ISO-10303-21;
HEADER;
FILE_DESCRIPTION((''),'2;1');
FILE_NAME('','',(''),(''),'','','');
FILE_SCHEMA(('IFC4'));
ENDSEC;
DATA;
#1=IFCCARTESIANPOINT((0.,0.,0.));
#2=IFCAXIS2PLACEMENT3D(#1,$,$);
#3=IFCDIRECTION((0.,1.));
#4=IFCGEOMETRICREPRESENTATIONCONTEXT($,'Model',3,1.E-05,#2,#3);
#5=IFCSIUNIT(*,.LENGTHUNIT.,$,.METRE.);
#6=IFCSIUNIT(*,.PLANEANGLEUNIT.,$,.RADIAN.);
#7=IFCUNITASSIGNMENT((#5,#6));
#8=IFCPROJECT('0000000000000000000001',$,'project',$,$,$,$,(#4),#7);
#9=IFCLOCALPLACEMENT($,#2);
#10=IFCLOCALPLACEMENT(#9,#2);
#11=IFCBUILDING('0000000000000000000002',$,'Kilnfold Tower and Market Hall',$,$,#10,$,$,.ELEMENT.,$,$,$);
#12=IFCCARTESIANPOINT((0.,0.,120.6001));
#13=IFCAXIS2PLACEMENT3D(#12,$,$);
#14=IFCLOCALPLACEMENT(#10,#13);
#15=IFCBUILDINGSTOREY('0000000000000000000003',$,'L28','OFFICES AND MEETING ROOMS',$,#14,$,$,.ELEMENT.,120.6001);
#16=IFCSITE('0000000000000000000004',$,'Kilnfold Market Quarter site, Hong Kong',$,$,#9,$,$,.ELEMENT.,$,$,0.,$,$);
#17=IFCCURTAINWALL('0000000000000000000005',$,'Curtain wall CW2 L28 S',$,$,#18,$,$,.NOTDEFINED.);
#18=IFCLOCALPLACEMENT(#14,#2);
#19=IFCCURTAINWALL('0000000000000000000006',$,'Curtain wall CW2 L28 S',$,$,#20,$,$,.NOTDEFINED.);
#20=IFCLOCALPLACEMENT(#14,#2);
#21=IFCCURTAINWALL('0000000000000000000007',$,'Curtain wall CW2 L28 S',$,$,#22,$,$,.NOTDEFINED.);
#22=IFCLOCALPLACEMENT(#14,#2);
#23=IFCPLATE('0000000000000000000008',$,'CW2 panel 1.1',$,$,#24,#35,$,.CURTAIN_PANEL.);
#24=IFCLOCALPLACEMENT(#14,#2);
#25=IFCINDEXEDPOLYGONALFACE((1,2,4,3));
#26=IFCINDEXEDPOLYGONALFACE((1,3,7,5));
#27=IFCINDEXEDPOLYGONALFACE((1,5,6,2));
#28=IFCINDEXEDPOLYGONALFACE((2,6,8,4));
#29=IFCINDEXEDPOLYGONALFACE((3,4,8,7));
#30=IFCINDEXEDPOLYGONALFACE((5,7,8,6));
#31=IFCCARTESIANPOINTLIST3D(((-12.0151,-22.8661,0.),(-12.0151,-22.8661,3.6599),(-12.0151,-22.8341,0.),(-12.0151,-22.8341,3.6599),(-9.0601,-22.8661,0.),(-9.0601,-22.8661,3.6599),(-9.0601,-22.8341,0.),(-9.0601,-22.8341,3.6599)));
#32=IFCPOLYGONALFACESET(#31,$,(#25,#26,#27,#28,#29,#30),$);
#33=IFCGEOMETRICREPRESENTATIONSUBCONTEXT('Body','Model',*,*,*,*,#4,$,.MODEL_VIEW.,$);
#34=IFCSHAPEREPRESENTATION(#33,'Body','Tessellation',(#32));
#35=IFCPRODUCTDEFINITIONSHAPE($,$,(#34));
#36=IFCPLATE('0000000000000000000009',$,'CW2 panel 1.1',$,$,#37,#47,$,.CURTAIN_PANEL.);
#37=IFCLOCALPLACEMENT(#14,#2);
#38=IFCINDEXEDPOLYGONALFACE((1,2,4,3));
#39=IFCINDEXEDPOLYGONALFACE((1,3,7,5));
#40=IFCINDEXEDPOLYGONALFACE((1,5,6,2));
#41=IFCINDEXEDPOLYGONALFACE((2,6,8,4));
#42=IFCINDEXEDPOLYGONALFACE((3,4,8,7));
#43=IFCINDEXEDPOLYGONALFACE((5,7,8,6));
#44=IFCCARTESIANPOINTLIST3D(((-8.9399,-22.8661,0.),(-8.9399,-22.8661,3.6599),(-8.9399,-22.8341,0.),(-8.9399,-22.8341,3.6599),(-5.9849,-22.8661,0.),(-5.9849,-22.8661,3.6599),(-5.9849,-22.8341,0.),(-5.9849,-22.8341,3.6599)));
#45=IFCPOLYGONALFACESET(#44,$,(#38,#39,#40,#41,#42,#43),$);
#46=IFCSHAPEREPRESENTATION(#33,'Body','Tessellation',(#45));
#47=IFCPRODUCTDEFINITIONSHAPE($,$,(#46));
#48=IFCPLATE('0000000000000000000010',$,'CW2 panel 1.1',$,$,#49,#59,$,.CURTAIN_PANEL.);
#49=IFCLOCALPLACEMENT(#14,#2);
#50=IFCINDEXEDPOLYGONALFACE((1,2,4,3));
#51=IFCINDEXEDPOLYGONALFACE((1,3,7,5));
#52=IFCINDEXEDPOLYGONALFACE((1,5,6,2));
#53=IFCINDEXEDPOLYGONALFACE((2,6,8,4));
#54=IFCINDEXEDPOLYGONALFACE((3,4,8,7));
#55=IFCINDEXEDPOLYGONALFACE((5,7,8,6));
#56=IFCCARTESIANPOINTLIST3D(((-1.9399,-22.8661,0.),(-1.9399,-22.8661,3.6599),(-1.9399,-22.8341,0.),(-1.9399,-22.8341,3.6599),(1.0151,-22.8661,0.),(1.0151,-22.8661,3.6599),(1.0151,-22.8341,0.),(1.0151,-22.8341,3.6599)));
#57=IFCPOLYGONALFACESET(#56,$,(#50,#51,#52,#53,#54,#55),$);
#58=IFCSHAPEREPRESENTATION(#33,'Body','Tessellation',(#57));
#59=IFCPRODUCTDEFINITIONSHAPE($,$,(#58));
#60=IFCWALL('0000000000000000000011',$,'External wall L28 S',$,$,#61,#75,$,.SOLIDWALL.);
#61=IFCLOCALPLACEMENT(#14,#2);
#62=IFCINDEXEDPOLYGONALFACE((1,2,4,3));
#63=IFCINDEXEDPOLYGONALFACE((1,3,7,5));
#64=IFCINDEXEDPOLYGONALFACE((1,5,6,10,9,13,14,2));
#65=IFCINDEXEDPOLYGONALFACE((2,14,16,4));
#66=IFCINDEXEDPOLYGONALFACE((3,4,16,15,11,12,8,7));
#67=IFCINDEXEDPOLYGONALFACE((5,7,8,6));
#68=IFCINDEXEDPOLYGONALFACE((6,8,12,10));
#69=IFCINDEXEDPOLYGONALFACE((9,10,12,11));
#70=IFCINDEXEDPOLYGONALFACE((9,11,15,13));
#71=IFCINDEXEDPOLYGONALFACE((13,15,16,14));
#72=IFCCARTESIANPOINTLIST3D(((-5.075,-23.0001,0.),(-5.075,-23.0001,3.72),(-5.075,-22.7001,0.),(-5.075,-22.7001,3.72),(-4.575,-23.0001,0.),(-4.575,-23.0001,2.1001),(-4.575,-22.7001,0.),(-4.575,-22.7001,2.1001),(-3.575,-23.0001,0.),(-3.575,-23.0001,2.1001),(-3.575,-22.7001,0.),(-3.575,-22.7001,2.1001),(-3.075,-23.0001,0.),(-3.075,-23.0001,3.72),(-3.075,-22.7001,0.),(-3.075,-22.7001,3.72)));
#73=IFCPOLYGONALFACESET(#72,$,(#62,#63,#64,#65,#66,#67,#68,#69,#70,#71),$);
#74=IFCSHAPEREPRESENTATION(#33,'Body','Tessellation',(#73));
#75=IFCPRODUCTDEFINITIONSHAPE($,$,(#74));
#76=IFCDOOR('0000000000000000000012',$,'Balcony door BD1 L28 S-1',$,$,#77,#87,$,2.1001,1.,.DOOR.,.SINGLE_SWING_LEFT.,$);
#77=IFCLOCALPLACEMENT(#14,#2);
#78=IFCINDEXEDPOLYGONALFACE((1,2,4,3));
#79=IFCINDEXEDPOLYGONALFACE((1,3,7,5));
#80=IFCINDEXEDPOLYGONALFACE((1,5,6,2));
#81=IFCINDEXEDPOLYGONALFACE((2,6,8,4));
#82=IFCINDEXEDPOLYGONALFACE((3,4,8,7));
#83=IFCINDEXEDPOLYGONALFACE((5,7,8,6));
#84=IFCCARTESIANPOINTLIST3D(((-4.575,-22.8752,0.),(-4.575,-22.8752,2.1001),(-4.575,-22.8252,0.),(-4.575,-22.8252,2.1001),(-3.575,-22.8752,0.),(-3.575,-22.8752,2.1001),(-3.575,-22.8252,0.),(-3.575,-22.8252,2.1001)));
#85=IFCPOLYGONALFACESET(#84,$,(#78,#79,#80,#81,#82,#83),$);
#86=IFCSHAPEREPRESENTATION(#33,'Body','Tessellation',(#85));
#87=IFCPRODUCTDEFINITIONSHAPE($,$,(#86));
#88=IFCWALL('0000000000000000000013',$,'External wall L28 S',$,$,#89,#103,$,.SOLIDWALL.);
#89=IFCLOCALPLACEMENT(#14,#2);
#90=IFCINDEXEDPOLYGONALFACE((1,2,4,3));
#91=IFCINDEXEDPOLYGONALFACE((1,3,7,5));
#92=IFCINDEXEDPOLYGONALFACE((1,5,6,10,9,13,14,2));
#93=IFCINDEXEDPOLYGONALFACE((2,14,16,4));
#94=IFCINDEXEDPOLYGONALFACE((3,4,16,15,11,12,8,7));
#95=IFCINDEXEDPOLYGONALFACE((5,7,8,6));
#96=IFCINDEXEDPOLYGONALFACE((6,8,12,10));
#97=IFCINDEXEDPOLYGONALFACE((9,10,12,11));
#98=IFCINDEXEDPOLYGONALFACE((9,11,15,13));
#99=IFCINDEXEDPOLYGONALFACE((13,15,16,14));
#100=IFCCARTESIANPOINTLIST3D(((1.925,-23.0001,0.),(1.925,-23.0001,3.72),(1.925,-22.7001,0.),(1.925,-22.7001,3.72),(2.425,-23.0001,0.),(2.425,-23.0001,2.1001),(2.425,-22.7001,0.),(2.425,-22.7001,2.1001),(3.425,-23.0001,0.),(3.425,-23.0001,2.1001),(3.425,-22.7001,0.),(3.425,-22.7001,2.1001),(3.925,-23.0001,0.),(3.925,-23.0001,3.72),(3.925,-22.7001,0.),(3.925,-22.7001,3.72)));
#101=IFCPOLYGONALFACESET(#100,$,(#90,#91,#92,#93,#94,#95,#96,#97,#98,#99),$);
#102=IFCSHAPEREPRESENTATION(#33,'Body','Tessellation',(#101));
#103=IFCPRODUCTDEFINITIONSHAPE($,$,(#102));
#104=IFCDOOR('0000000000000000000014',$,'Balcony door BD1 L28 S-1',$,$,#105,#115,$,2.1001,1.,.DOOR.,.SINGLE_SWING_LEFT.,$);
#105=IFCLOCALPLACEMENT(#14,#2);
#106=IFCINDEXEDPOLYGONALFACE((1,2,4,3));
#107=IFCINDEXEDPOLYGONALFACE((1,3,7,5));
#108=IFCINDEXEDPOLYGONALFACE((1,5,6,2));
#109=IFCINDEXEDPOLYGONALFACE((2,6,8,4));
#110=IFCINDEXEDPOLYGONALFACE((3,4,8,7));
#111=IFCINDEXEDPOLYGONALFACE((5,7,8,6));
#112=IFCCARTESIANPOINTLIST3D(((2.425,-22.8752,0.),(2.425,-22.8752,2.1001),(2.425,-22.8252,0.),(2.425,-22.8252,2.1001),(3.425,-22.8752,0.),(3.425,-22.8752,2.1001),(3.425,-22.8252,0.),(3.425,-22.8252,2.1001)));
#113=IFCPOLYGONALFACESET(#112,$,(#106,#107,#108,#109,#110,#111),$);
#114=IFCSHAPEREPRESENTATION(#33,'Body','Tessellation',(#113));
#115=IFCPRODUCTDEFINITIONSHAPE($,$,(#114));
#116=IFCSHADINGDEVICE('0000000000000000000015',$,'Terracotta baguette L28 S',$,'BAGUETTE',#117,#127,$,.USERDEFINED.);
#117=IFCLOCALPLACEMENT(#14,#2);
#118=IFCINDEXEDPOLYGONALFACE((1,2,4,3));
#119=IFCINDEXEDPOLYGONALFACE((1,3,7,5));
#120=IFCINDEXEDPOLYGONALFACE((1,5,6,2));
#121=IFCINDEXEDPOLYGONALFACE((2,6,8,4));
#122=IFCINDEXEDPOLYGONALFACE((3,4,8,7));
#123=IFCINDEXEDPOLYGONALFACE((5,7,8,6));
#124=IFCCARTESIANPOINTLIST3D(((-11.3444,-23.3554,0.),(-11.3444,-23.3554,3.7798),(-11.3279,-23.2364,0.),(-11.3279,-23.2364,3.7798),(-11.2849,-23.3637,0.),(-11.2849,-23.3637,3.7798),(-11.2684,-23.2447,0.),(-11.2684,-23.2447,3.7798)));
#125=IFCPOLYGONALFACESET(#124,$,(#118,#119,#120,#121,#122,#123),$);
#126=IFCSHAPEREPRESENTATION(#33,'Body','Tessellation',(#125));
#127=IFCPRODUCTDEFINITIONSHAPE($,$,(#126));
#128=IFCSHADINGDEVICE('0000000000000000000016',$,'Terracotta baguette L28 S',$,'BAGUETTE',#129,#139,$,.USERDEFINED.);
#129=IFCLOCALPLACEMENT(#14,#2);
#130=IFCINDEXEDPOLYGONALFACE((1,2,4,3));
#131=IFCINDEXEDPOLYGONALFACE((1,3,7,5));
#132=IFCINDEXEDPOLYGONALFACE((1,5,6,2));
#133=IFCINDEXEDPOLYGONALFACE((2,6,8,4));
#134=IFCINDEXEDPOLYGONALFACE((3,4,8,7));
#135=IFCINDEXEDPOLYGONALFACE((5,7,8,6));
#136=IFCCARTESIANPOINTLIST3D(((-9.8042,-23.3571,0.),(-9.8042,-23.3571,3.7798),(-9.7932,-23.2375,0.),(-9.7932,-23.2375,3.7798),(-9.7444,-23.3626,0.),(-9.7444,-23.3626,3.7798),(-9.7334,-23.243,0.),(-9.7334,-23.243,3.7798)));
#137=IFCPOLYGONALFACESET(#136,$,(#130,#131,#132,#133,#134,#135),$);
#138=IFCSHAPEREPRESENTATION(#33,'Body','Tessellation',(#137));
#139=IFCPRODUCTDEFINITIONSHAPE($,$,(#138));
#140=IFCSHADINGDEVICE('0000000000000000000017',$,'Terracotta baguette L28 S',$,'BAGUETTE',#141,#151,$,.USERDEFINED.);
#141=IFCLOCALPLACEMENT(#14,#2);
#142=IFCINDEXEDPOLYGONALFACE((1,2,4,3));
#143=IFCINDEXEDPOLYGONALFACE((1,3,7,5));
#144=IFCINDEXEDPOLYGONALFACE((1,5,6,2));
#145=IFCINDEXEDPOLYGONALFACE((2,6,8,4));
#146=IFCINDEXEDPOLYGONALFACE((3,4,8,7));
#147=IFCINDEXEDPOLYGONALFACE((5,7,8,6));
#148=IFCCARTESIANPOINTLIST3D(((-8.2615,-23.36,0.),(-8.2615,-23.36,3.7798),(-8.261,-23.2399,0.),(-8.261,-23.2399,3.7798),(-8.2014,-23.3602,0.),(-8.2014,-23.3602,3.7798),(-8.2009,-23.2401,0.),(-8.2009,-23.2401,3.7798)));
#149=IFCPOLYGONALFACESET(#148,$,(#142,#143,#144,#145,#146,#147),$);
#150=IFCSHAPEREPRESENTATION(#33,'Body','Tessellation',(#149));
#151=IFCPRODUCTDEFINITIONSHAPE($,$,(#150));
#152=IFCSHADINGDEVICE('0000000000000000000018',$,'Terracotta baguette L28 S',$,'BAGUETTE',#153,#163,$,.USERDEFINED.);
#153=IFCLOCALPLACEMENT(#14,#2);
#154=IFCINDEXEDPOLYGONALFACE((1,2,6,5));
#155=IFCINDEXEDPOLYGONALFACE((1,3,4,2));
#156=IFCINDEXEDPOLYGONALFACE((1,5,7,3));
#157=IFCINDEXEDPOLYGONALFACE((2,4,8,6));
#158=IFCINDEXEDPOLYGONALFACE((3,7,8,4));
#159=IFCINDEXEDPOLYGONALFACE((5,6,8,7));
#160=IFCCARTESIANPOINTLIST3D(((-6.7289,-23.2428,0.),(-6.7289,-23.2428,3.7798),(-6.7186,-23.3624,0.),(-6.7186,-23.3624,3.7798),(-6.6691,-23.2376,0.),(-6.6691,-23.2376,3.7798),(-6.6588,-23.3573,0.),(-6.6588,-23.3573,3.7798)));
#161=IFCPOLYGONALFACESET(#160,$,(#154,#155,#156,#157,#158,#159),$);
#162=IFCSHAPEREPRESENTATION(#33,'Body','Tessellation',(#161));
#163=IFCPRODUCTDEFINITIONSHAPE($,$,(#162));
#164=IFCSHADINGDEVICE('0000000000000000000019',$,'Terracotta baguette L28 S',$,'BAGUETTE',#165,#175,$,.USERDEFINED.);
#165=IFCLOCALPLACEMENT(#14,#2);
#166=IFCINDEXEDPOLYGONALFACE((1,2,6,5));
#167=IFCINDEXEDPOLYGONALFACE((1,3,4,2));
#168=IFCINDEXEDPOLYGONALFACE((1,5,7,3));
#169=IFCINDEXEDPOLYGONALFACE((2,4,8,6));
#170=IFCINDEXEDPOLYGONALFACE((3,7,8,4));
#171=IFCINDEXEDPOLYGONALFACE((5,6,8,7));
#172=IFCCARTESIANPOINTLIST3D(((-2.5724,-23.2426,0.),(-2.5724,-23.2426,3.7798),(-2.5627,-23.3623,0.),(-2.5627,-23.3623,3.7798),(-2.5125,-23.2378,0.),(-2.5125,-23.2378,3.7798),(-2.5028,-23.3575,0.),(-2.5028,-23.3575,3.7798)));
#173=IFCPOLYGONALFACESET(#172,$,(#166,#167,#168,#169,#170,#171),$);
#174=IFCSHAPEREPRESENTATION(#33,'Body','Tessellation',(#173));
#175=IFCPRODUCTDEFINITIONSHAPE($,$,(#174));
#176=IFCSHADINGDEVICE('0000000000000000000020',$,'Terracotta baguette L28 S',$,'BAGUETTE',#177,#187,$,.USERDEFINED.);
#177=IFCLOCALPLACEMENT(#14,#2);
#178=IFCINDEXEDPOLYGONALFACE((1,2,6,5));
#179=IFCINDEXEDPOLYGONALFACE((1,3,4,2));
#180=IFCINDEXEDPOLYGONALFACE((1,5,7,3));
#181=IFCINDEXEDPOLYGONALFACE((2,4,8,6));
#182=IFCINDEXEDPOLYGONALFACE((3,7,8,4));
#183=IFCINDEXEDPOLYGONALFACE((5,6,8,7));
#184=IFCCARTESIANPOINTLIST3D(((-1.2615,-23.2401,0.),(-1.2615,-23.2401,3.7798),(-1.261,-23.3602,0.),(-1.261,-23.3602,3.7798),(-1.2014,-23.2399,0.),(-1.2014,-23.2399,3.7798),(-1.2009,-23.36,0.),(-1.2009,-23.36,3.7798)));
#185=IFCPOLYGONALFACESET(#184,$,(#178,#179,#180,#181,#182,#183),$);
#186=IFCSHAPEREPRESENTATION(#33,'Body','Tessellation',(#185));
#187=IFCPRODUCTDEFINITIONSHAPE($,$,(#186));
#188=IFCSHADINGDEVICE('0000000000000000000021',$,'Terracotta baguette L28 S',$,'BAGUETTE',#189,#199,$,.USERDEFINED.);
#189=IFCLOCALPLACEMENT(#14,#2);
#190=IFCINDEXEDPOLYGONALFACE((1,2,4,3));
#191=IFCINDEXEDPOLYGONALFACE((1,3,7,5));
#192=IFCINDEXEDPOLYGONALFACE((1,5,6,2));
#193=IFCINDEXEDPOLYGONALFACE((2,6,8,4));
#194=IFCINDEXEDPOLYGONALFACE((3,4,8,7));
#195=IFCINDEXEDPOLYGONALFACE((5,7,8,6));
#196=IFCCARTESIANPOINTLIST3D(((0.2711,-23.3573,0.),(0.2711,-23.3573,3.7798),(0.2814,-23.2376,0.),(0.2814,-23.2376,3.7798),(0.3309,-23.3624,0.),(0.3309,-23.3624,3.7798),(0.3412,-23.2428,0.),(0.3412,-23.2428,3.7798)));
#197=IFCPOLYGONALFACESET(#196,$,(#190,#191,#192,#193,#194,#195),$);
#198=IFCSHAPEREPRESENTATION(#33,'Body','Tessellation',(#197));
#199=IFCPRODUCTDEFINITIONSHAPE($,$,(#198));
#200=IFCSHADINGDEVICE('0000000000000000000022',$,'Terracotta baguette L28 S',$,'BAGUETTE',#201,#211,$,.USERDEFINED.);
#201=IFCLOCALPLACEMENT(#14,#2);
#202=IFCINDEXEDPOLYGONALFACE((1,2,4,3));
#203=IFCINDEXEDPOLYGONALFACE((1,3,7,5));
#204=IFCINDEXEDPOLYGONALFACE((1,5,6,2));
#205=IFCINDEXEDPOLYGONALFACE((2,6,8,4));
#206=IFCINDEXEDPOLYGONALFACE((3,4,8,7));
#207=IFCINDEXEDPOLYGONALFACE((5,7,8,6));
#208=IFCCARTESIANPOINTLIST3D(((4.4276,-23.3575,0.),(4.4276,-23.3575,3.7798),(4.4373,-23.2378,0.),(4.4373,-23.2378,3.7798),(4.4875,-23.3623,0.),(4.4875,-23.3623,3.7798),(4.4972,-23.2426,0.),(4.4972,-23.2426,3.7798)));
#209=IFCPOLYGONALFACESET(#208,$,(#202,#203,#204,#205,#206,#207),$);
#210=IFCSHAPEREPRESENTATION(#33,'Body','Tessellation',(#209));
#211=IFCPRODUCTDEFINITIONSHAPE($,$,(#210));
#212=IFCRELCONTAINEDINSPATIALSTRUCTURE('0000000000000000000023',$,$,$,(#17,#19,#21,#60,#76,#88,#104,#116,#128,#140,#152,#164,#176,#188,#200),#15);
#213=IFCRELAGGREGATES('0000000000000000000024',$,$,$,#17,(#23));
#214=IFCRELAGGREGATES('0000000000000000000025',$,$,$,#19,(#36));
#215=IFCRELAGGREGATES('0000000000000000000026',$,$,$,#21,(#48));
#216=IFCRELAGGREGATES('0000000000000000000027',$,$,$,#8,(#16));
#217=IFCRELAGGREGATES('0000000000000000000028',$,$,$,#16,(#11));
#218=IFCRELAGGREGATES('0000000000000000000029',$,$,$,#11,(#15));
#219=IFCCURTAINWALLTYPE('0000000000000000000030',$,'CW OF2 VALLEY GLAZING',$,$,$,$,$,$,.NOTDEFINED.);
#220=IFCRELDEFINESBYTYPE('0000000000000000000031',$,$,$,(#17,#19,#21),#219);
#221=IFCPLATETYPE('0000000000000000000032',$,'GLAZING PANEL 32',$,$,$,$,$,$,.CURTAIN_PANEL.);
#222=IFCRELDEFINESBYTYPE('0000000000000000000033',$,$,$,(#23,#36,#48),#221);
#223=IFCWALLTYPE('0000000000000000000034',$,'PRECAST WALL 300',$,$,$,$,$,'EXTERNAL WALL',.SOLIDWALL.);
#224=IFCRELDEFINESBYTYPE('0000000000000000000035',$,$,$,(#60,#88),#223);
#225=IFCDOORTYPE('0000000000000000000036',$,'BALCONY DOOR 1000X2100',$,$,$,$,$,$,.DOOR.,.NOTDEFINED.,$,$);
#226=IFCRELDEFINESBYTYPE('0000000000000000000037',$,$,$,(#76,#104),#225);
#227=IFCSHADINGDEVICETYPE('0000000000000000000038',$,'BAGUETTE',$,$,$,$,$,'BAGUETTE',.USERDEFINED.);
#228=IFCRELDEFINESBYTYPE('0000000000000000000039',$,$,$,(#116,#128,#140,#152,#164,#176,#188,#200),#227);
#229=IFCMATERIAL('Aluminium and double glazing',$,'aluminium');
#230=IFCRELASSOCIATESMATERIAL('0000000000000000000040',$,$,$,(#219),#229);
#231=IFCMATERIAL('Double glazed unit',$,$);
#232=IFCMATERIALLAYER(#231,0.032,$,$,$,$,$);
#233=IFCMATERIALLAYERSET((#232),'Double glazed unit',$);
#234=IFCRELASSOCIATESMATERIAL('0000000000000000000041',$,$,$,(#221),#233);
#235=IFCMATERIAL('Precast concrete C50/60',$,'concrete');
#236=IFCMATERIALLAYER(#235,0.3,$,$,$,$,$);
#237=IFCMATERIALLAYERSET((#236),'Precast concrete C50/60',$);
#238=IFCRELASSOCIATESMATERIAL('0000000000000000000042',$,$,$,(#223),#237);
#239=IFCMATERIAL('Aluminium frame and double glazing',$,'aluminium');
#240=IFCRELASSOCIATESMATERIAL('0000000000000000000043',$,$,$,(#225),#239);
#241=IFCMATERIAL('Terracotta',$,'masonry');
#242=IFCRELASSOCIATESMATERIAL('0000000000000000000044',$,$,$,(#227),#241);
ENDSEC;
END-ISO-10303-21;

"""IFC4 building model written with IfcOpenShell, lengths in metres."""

from ifc_helpers import new_model, si_unit, direction, frame, frame_2d, origin, origin_2d, place, context, subcontext, project, spatial, rectangle, extrude, source, transform, mapped, material, layer, layer_set, material_profile, profile_set, type_object, element, fill, aggregate, save


model = new_model("IFC4")

# Units and contexts
model_context = context("Model", 3, precision=1e-05, world=origin(), true_north=direction((0.0, 1.0)))
body_context = subcontext(model_context, "Body", "Model", "MODEL_VIEW")
ifc_project = project(units=[si_unit("LENGTHUNIT", "METRE"), si_unit("PLANEANGLEUNIT", "RADIAN")], contexts=[model_context])

# Site, building, storey
site_placement = place(None, origin())
site = spatial("IfcSite", under=ifc_project, at=site_placement, Name="Kilnfold Market Quarter site, Hong Kong", CompositionType="ELEMENT", RefElevation=0.0)
building_placement = place(site_placement, origin())
building = spatial("IfcBuilding", under=site, at=building_placement, Name="Kilnfold Tower and Market Hall", CompositionType="ELEMENT")
storey_placement = place(building_placement, frame((0.0, 0.0, 120.6001)))
storey = spatial("IfcBuildingStorey", under=building, at=storey_placement, Name="L28", Description="OFFICES AND MEETING ROOMS", CompositionType="ELEMENT", Elevation=120.6001)

# Curtain wall
ifc_material_1 = material(Name="Aluminium and double glazing", Category="aluminium")
curtain_wall_type = type_object("IfcCurtainWallType", Name="CW OF2 VALLEY GLAZING", PredefinedType="NOTDEFINED", material=ifc_material_1)
curtain_wall_1_placement = place(storey_placement, origin())
curtain_wall_1 = element("IfcCurtainWall", 1, at=curtain_wall_1_placement, inside=storey, type_object=curtain_wall_type, Name="Curtain wall CW2 L28 S", PredefinedType="NOTDEFINED")

# Curtain walls
curtain_wall_2_placement = place(storey_placement, origin())
curtain_wall_2 = element("IfcCurtainWall", 2, at=curtain_wall_2_placement, inside=storey, type_object=curtain_wall_type, Name="Curtain wall CW2 L28 S", PredefinedType="NOTDEFINED")
curtain_wall_3_placement = place(storey_placement, origin())
curtain_wall_3 = element("IfcCurtainWall", 3, at=curtain_wall_3_placement, inside=storey, type_object=curtain_wall_type, Name="Curtain wall CW2 L28 S", PredefinedType="NOTDEFINED")

# Plates
ifc_material_2 = material(Name="Double glazed unit")
ifc_layer_1 = layer(ifc_material_2, 0.032)
ifc_layer_set_1 = layer_set([ifc_layer_1], Name="Double glazed unit")
plate_type = type_object("IfcPlateType", Name="GLAZING PANEL 32", PredefinedType="CURTAIN_PANEL", material=ifc_layer_set_1)
shared_shape_1 = source(origin(), body_context, "Body", "SweptSolid", [
    extrude(rectangle(XDim=2.9551, YDim=0.032, at=origin_2d()), origin(), (0.0, 0.0, 1.0), 3.6599),
])
plate_1_placement = place(storey_placement, frame((-10.5376, -22.8501, 0.0), z_axis=(0.0, 0.0, 1.0), x_axis=(1.0, 0.0, 0.0)))
plate_1 = element("IfcPlate", 4, at=plate_1_placement, type_object=plate_type, Name="CW2 panel 1.1", PredefinedType="CURTAIN_PANEL", context=body_context, shape_type="MappedRepresentation", body=[
    mapped(shared_shape_1, transform((0.0, 0.0, 0.0))),
])
aggregate(curtain_wall_1, [plate_1])
plate_2_placement = place(storey_placement, frame((-7.4624, -22.8501, 0.0), z_axis=(0.0, 0.0, 1.0), x_axis=(1.0, 0.0, 0.0)))
plate_2 = element("IfcPlate", 5, at=plate_2_placement, type_object=plate_type, Name="CW2 panel 1.1", PredefinedType="CURTAIN_PANEL", context=body_context, shape_type="MappedRepresentation", body=[
    mapped(shared_shape_1, transform((0.0, 0.0, 0.0))),
])
aggregate(curtain_wall_2, [plate_2])
plate_3_placement = place(storey_placement, frame((-0.4624, -22.8501, 0.0), z_axis=(0.0, 0.0, 1.0), x_axis=(1.0, 0.0, 0.0)))
plate_3 = element("IfcPlate", 6, at=plate_3_placement, type_object=plate_type, Name="CW2 panel 1.1", PredefinedType="CURTAIN_PANEL", context=body_context, shape_type="MappedRepresentation", body=[
    mapped(shared_shape_1, transform((0.0, 0.0, 0.0))),
])
aggregate(curtain_wall_3, [plate_3])

# Walls, openings, doors
ifc_material_3 = material(Name="Precast concrete C50/60", Category="concrete")
ifc_layer_2 = layer(ifc_material_3, 0.3)
ifc_layer_set_2 = layer_set([ifc_layer_2], Name="Precast concrete C50/60")
wall_type = type_object("IfcWallType", Name="PRECAST WALL 300", ElementType="EXTERNAL WALL", PredefinedType="SOLIDWALL", material=ifc_layer_set_2)
shared_shape_2 = source(origin(), body_context, "Body", "SweptSolid", [
    extrude(rectangle(XDim=2.0, YDim=0.3, at=frame_2d((1.0, 0.0))), origin(), (0.0, 0.0, 1.0), 3.72),
])
wall_1_placement = place(storey_placement, frame((-5.075, -22.8501, 0.0), z_axis=(0.0, 0.0, 1.0), x_axis=(1.0, 0.0, 0.0)))
wall_1 = element("IfcWall", 7, at=wall_1_placement, inside=storey, type_object=wall_type, Name="External wall L28 S", PredefinedType="SOLIDWALL", context=body_context, shape_type="MappedRepresentation", body=[
    mapped(shared_shape_2, transform((0.0, 0.0, 0.0))),
])
opening_1_placement = place(wall_1_placement, frame((0.5, 0.0, 0.0)))
opening_1 = element("IfcOpeningElement", 8, at=opening_1_placement, cuts=wall_1, PredefinedType="OPENING", context=body_context, shape_type="SweptSolid", body=[
    extrude(rectangle(XDim=1.0, YDim=2.1001, at=frame_2d((0.5, 1.05))), frame((0.0, 0.1602, 0.0), z_axis=(0.0, -1.0, 0.0), x_axis=(1.0, 0.0, 0.0)), (0.0, 0.0, 1.0), 0.3201),
])
ifc_material_4 = material(Name="Aluminium frame and double glazing", Category="aluminium")
door_type = type_object("IfcDoorType", Name="BALCONY DOOR 1000X2100", OperationType="NOTDEFINED", PredefinedType="DOOR", material=ifc_material_4)
door_1_placement = place(opening_1_placement, origin())
door_1 = element("IfcDoor", 9, at=door_1_placement, inside=storey, type_object=door_type, Name="Balcony door BD1 L28 S-1", OperationType="SINGLE_SWING_LEFT", OverallHeight=2.1001, OverallWidth=1.0, PredefinedType="DOOR", context=body_context, shape_type="SweptSolid", body=[
    extrude(rectangle(XDim=1.0, YDim=2.1001, at=frame_2d((0.5, 1.05))), frame((0.0, 0.0249, 0.0), z_axis=(0.0, -1.0, 0.0), x_axis=(1.0, 0.0, 0.0)), (0.0, 0.0, 1.0), 0.05),
])
fill(opening_1, door_1)
wall_2_placement = place(storey_placement, frame((1.925, -22.8501, 0.0), z_axis=(0.0, 0.0, 1.0), x_axis=(1.0, 0.0, 0.0)))
wall_2 = element("IfcWall", 10, at=wall_2_placement, inside=storey, type_object=wall_type, Name="External wall L28 S", PredefinedType="SOLIDWALL", context=body_context, shape_type="MappedRepresentation", body=[
    mapped(shared_shape_2, transform((0.0, 0.0, 0.0))),
])
opening_2_placement = place(wall_2_placement, frame((0.5, 0.0, 0.0)))
opening_2 = element("IfcOpeningElement", 11, at=opening_2_placement, cuts=wall_2, PredefinedType="OPENING", context=body_context, shape_type="SweptSolid", body=[
    extrude(rectangle(XDim=1.0, YDim=2.1001, at=frame_2d((0.5, 1.05))), frame((0.0, 0.1602, 0.0), z_axis=(0.0, -1.0, 0.0), x_axis=(1.0, 0.0, 0.0)), (0.0, 0.0, 1.0), 0.3201),
])
door_2_placement = place(opening_2_placement, origin())
door_2 = element("IfcDoor", 12, at=door_2_placement, inside=storey, type_object=door_type, Name="Balcony door BD1 L28 S-1", OperationType="SINGLE_SWING_LEFT", OverallHeight=2.1001, OverallWidth=1.0, PredefinedType="DOOR", context=body_context, shape_type="SweptSolid", body=[
    extrude(rectangle(XDim=1.0, YDim=2.1001, at=frame_2d((0.5, 1.05))), frame((0.0, 0.0249, 0.0), z_axis=(0.0, -1.0, 0.0), x_axis=(1.0, 0.0, 0.0)), (0.0, 0.0, 1.0), 0.05),
])
fill(opening_2, door_2)

# Shading devices
ifc_material_5 = material(Name="Terracotta", Category="masonry")
ifc_material_profile_1 = material_profile(ifc_material_5, rectangle(XDim=0.0601, YDim=0.1201, at=origin_2d()), Name="BAG 60x120")
ifc_profile_set_1 = profile_set([ifc_material_profile_1], Name="Terracotta")
shading_device_type = type_object("IfcShadingDeviceType", Name="BAGUETTE", ElementType="BAGUETTE", PredefinedType="USERDEFINED", material=ifc_profile_set_1)
shared_shape_3 = source(origin(), body_context, "Body", "SweptSolid", [
    extrude(rectangle(XDim=0.0601, YDim=0.1201, at=origin_2d()), origin(), (0.0, 0.0, 1.0), 3.7798),
])
for number, where, z_axis, x_axis, name in (
    (13, (-11.3064, -23.3, 0.0), (0.0, 0.0, 1.0), (0.990511, -0.137434, 0.0), "Terracotta baguette L28 S"),
    (14, (-9.7688, -23.3, 0.0), (0.0, 0.0, 1.0), (0.995745, -0.092146, 0.0), "Terracotta baguette L28 S"),
    (15, (-8.2312, -23.3, 0.0), (0.0, 0.0, 1.0), (0.99999, -0.004465, 0.0), "Terracotta baguette L28 S"),
    (16, (-6.6938, -23.3, 0.0), (0.0, 0.0, 1.0), (0.996356, 0.085288, 0.0), "Terracotta baguette L28 S"),
    (17, (-2.5376, -23.3, 0.0), (0.0, 0.0, 1.0), (0.996727, 0.080837, 0.0), "Terracotta baguette L28 S"),
    (18, (-1.2312, -23.3, 0.0), (0.0, 0.0, 1.0), (0.99999, 0.004465, 0.0), "Terracotta baguette L28 S"),
    (19, (0.3062, -23.3, 0.0), (0.0, 0.0, 1.0), (0.996356, -0.085288, 0.0), "Terracotta baguette L28 S"),
    (20, (4.4624, -23.3, 0.0), (0.0, 0.0, 1.0), (0.996727, -0.080837, 0.0), "Terracotta baguette L28 S"),
):
    element("IfcShadingDevice", number, at=place(storey_placement, frame(where, z_axis=z_axis, x_axis=x_axis)), inside=storey, type_object=shading_device_type, Name=name, ObjectType="BAGUETTE", PredefinedType="USERDEFINED", context=body_context, shape_type="MappedRepresentation", body=[
        mapped(shared_shape_3, transform((0.0, 0.0, 0.0))),
    ])

save(model, "model.ifc")
